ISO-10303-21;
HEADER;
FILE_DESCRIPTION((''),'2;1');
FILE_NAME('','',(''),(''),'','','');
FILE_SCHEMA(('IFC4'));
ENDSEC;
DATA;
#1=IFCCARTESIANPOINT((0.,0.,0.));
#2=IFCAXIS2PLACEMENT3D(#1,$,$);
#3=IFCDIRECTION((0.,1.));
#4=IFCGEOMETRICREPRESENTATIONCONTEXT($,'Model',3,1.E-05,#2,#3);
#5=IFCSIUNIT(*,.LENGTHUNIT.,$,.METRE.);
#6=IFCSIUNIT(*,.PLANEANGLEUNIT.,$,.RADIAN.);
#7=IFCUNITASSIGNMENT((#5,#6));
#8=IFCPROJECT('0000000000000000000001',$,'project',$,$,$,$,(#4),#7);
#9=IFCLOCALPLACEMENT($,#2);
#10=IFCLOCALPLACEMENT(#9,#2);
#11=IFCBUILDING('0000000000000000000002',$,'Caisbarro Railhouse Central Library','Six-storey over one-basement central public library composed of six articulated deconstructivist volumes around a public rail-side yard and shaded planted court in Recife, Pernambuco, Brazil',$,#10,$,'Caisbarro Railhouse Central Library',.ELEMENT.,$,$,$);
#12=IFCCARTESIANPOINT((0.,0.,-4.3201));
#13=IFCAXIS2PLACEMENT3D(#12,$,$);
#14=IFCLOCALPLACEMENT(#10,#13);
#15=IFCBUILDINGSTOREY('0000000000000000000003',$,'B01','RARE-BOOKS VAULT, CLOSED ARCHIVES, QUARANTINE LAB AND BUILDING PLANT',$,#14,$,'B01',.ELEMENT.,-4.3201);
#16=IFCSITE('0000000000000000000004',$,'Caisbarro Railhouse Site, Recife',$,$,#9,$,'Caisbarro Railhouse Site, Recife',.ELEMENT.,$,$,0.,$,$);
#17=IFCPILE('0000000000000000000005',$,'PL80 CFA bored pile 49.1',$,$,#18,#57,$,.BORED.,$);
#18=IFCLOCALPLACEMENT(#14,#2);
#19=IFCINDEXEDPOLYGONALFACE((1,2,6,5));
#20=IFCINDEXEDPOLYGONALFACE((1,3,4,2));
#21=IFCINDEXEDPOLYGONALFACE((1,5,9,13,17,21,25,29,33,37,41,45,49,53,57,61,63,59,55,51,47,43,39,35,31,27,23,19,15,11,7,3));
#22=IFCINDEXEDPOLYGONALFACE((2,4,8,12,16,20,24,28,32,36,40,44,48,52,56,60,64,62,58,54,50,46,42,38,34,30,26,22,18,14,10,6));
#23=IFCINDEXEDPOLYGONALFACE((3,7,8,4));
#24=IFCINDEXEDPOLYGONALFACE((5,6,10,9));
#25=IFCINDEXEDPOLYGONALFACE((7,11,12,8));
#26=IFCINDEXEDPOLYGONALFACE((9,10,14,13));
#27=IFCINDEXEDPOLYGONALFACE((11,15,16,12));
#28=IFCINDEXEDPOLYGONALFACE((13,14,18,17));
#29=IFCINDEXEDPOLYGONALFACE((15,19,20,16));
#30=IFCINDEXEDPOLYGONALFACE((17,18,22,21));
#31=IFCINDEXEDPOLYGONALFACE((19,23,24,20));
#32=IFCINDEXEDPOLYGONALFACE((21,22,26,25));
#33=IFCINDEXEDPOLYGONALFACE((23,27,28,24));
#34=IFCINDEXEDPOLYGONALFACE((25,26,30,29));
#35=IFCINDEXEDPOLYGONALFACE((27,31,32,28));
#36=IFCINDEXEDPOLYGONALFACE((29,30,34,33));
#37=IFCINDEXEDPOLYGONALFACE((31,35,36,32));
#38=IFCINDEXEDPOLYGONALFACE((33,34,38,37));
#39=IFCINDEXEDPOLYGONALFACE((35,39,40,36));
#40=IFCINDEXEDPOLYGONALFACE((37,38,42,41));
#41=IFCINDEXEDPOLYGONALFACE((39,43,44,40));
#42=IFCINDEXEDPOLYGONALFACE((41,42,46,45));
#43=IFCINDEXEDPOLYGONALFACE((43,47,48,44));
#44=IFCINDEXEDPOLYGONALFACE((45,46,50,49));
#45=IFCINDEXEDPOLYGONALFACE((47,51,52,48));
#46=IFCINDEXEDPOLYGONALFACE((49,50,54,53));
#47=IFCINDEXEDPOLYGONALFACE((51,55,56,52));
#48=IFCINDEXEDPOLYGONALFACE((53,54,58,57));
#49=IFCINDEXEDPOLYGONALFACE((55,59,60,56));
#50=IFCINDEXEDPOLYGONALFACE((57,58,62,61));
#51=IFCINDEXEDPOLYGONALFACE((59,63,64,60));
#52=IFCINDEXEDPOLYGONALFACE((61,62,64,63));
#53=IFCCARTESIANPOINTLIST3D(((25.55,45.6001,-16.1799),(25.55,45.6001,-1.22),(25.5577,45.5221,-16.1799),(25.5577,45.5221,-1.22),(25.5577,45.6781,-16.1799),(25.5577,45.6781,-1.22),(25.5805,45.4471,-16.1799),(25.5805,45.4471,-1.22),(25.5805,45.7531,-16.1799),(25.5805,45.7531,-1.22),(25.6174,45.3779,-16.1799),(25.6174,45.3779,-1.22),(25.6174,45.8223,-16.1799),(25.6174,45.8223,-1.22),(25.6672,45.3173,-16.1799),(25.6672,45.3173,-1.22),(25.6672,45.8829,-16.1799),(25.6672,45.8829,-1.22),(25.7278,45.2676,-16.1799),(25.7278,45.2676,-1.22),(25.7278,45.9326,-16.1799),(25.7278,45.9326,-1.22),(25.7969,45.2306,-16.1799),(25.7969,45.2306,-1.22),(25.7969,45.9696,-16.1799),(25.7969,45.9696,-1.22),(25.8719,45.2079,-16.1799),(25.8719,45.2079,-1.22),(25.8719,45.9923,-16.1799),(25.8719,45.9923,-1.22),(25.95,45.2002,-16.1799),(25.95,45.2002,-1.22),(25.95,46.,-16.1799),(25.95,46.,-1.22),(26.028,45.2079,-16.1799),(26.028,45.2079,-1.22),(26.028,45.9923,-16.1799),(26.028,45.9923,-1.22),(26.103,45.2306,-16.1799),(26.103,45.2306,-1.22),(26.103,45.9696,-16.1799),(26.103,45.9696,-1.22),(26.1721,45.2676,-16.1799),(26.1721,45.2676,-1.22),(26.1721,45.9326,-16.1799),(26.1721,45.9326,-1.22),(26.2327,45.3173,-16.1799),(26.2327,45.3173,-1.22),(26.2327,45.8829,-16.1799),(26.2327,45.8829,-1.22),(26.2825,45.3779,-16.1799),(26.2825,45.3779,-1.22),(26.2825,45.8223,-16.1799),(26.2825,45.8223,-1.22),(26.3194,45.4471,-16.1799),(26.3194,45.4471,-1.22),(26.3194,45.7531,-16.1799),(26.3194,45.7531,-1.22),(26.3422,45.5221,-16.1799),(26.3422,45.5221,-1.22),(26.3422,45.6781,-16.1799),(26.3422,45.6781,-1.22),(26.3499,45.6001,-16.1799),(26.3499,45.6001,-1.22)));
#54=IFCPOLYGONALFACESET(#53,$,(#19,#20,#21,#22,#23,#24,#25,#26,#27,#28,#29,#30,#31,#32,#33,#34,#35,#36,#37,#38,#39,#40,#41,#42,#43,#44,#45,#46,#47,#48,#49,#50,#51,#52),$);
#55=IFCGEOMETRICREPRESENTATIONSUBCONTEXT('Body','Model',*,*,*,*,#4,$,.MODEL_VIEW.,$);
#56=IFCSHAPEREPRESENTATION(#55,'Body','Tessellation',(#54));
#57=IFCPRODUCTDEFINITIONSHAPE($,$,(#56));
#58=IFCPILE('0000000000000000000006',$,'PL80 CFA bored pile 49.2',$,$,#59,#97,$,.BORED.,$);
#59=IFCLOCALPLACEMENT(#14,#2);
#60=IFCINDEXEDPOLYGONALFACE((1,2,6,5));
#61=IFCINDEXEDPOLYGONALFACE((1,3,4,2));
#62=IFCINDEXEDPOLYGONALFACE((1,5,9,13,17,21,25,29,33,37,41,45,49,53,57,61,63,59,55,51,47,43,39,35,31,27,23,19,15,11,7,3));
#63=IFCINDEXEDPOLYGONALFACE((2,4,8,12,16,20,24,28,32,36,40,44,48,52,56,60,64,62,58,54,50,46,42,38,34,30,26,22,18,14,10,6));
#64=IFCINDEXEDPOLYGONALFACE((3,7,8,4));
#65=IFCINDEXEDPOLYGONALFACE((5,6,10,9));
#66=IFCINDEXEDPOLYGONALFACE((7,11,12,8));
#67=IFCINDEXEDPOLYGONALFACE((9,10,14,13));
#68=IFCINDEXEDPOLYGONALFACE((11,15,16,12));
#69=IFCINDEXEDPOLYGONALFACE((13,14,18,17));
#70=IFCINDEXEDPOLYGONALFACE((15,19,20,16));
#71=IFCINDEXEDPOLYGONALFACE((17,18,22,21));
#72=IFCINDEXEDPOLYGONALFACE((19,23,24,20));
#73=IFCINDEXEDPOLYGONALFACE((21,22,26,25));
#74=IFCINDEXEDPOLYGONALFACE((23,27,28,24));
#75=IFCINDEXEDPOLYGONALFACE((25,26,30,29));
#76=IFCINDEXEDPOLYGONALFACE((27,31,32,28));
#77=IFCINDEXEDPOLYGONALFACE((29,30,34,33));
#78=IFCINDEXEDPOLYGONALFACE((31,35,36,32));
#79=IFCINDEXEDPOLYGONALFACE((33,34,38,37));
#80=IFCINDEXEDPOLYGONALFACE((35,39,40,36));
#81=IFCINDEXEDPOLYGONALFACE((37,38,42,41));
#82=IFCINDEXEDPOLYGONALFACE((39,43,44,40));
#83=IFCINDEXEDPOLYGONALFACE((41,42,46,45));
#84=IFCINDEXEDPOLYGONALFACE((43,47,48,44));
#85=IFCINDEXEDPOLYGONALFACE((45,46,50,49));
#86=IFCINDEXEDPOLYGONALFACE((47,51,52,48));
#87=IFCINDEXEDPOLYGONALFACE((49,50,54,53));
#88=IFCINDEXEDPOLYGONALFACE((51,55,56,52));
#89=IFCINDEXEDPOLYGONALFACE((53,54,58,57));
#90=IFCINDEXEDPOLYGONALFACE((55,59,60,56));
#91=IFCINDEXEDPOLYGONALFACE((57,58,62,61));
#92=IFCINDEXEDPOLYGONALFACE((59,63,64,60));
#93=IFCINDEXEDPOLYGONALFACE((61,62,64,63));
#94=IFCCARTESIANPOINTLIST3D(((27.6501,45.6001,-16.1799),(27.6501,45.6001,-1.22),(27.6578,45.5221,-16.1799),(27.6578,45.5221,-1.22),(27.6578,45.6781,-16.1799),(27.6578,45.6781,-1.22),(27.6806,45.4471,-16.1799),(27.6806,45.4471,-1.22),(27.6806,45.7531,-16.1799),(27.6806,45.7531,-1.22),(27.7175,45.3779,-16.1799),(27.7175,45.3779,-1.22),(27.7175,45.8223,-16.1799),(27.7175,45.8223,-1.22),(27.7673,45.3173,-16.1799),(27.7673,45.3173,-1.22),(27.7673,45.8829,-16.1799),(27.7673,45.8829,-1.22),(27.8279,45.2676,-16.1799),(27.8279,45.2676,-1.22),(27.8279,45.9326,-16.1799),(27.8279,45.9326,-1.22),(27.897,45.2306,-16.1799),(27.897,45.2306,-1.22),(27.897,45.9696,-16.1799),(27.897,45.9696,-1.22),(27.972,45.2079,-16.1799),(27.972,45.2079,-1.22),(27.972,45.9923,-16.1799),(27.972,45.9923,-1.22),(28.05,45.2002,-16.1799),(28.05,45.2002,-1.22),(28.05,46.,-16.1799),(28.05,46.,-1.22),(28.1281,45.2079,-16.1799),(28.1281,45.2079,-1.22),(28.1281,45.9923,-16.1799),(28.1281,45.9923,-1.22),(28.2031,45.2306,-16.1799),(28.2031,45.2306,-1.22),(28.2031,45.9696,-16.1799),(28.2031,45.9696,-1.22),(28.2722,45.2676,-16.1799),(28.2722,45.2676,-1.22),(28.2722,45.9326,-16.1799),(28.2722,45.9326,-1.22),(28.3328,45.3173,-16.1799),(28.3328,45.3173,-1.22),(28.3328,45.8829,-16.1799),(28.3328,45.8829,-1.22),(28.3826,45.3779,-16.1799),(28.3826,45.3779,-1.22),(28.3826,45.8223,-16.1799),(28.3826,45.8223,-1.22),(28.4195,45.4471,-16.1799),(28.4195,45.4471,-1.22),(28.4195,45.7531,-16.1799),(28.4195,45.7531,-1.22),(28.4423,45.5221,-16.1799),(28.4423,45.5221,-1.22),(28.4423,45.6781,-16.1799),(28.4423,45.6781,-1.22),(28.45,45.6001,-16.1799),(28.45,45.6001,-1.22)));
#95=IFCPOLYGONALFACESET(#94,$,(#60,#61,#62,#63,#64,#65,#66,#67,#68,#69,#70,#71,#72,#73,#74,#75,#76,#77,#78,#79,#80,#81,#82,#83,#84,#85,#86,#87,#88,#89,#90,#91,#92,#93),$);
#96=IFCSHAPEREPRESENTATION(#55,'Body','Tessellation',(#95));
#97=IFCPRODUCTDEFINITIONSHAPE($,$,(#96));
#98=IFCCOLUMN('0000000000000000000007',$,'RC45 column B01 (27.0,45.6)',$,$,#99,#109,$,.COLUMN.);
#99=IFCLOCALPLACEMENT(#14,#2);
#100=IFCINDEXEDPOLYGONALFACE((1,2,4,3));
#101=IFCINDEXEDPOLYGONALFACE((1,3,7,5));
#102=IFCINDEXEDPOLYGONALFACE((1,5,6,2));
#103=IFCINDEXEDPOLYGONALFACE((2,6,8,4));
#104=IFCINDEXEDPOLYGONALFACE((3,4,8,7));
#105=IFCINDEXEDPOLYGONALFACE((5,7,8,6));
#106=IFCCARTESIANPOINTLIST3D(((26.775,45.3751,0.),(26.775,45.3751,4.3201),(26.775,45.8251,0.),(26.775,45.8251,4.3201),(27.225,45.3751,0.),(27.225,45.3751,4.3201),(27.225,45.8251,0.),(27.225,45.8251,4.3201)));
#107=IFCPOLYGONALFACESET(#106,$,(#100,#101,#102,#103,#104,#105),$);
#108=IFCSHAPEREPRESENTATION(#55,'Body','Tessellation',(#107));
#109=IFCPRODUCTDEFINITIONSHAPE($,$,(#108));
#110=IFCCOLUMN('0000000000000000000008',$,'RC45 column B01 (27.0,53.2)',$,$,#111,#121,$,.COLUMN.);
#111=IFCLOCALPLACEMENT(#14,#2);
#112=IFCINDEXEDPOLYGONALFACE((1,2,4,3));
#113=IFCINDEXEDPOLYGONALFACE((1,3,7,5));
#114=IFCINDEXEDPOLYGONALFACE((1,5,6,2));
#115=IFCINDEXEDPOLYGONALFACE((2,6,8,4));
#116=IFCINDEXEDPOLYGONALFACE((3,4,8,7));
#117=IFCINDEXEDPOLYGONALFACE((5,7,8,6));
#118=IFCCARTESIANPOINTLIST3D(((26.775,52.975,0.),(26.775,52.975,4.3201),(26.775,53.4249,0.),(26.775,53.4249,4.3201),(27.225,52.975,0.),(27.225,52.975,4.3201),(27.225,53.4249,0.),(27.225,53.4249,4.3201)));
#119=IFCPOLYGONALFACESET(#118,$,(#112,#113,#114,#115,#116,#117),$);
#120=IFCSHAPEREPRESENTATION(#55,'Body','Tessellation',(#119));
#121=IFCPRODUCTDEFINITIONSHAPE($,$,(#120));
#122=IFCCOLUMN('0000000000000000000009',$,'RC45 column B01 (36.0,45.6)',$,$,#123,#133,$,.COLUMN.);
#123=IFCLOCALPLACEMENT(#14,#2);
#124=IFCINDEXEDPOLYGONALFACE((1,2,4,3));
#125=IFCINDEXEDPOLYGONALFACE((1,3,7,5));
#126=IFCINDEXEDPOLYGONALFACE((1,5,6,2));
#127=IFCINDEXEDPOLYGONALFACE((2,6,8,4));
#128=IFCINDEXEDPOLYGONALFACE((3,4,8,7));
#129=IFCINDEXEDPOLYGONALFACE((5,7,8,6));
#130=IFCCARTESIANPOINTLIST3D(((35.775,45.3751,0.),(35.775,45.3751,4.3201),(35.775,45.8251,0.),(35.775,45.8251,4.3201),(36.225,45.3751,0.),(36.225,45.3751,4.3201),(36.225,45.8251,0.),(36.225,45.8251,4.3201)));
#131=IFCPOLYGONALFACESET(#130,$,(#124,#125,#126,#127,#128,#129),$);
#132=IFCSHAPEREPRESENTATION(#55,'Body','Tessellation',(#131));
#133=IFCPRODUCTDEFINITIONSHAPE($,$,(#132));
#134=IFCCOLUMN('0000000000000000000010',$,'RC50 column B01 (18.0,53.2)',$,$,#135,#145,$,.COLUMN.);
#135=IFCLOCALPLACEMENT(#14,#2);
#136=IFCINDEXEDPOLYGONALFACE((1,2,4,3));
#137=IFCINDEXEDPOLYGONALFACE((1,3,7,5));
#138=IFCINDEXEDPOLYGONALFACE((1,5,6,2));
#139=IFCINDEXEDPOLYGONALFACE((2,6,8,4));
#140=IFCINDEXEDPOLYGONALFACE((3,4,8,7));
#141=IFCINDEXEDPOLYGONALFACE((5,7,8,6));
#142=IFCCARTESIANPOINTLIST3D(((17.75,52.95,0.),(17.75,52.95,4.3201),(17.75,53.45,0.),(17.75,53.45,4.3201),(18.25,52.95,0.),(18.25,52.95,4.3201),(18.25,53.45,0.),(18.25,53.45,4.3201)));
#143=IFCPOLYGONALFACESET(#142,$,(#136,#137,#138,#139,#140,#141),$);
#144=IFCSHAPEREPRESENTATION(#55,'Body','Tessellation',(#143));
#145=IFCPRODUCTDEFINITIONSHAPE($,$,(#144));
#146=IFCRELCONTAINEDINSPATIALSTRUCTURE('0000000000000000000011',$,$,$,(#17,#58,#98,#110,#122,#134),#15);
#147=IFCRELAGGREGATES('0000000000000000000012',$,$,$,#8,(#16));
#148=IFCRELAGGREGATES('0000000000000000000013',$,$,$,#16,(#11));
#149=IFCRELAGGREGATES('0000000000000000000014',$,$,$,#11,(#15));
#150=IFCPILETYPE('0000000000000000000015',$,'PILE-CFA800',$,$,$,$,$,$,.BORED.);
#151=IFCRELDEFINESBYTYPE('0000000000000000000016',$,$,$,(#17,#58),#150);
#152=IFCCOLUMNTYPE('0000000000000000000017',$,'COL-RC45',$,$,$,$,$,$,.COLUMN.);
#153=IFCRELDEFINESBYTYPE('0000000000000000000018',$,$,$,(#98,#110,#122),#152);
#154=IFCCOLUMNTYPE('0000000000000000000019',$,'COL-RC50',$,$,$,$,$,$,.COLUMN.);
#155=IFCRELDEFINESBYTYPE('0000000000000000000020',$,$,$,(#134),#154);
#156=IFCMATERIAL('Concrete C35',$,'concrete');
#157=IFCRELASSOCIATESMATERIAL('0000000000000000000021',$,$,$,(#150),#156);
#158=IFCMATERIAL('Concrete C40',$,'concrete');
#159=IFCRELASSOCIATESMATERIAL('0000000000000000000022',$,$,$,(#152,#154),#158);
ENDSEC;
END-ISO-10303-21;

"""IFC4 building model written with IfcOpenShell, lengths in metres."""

from ifc_helpers import new_model, si_unit, direction, frame, origin, origin_2d, place, context, subcontext, project, spatial, rectangle, circle, extrude, material, material_profile, profile_set, type_object, element, save


model = new_model("IFC4")

# Units and contexts
model_context = context("Model", 3, precision=1e-05, world=origin(), true_north=direction((0.0, 1.0)))
body_context = subcontext(model_context, "Body", "Model", "MODEL_VIEW")
ifc_project = project(units=[si_unit("LENGTHUNIT", "METRE"), si_unit("PLANEANGLEUNIT", "RADIAN")], contexts=[model_context])

# Site, building, storey
site_placement = place(None, origin())
site = spatial("IfcSite", under=ifc_project, at=site_placement, Name="Caisbarro Railhouse Site, Recife", LongName="Caisbarro Railhouse Site, Recife", CompositionType="ELEMENT", RefElevation=0.0)
building_placement = place(site_placement, origin())
building = spatial("IfcBuilding", under=site, at=building_placement, Name="Caisbarro Railhouse Central Library", Description="Six-storey over one-basement central public library composed of six articulated deconstructivist volumes around a public rail-side yard and shaded planted court in Recife, Pernambuco, Brazil", LongName="Caisbarro Railhouse Central Library", CompositionType="ELEMENT")
storey_placement = place(building_placement, frame((0.0, 0.0, -4.3201)))
storey = spatial("IfcBuildingStorey", under=building, at=storey_placement, Name="B01", Description="RARE-BOOKS VAULT, CLOSED ARCHIVES, QUARANTINE LAB AND BUILDING PLANT", LongName="B01", CompositionType="ELEMENT", Elevation=-4.3201)

# Shared definitions
ifc_material_1 = material(Name="Concrete C35", Category="concrete")
ifc_material_2 = material(Name="Concrete C40", Category="concrete")

# Piles
ifc_material_profile_1 = material_profile(ifc_material_1, circle(Radius=0.3999, at=origin_2d()), Name="PILE-CFA-800")
ifc_profile_set_1 = profile_set([ifc_material_profile_1], Name="Concrete C35")
pile_type_1 = type_object("IfcPileType", Name="PILE-CFA800", PredefinedType="BORED", material=ifc_profile_set_1)
for number, where, z_axis, x_axis, name in (
    (1, (25.95, 45.6001, -1.22), (0.0, 0.0, -1.0), (1.0, 0.0, 0.0), "PL80 CFA bored pile 49.1"),
    (2, (28.05, 45.6001, -1.22), (0.0, 0.0, -1.0), (1.0, 0.0, 0.0), "PL80 CFA bored pile 49.2"),
):
    element("IfcPile", number, at=place(storey_placement, frame(where, z_axis=z_axis, x_axis=x_axis)), inside=storey, type_object=pile_type_1, Name=name, PredefinedType="BORED", context=body_context, shape_type="SweptSolid", body=[
        extrude(circle(Radius=0.3999, at=origin_2d()), origin(), (0.0, 0.0, 1.0), 14.96),
    ])

# Columns
ifc_material_profile_2 = material_profile(ifc_material_2, rectangle(XDim=0.45, YDim=0.45, at=origin_2d()), Name="RC-COL-450X450")
ifc_profile_set_2 = profile_set([ifc_material_profile_2], Name="Concrete C40")
column_type_1 = type_object("IfcColumnType", Name="COL-RC45", PredefinedType="COLUMN", material=ifc_profile_set_2)
for number, where, z_axis, x_axis, name in (
    (3, (27.0, 45.6001, 0.0), (0.0, 0.0, 1.0), (1.0, 0.0, 0.0), "RC45 column B01 (27.0,45.6)"),
    (4, (27.0, 53.2, 0.0), (0.0, 0.0, 1.0), (1.0, 0.0, 0.0), "RC45 column B01 (27.0,53.2)"),
    (5, (36.0, 45.6001, 0.0), (0.0, 0.0, 1.0), (1.0, 0.0, 0.0), "RC45 column B01 (36.0,45.6)"),
):
    element("IfcColumn", number, at=place(storey_placement, frame(where, z_axis=z_axis, x_axis=x_axis)), inside=storey, type_object=column_type_1, Name=name, PredefinedType="COLUMN", context=body_context, shape_type="SweptSolid", body=[
        extrude(rectangle(XDim=0.45, YDim=0.45, at=origin_2d()), origin(), (0.0, 0.0, 1.0), 4.3201),
    ])
ifc_material_profile_3 = material_profile(ifc_material_2, rectangle(XDim=0.5, YDim=0.5, at=origin_2d()), Name="RC-COL-500X500")
ifc_profile_set_3 = profile_set([ifc_material_profile_3], Name="Concrete C40")
column_type_2 = type_object("IfcColumnType", Name="COL-RC50", PredefinedType="COLUMN", material=ifc_profile_set_3)
column_placement = place(storey_placement, frame((18.0, 53.2, 0.0), z_axis=(0.0, 0.0, 1.0), x_axis=(1.0, 0.0, 0.0)))
element("IfcColumn", 6, at=column_placement, inside=storey, type_object=column_type_2, Name="RC50 column B01 (18.0,53.2)", PredefinedType="COLUMN", context=body_context, shape_type="SweptSolid", body=[
    extrude(rectangle(XDim=0.5, YDim=0.5, at=origin_2d()), origin(), (0.0, 0.0, 1.0), 4.3201),
])

save(model, "model.ifc")
